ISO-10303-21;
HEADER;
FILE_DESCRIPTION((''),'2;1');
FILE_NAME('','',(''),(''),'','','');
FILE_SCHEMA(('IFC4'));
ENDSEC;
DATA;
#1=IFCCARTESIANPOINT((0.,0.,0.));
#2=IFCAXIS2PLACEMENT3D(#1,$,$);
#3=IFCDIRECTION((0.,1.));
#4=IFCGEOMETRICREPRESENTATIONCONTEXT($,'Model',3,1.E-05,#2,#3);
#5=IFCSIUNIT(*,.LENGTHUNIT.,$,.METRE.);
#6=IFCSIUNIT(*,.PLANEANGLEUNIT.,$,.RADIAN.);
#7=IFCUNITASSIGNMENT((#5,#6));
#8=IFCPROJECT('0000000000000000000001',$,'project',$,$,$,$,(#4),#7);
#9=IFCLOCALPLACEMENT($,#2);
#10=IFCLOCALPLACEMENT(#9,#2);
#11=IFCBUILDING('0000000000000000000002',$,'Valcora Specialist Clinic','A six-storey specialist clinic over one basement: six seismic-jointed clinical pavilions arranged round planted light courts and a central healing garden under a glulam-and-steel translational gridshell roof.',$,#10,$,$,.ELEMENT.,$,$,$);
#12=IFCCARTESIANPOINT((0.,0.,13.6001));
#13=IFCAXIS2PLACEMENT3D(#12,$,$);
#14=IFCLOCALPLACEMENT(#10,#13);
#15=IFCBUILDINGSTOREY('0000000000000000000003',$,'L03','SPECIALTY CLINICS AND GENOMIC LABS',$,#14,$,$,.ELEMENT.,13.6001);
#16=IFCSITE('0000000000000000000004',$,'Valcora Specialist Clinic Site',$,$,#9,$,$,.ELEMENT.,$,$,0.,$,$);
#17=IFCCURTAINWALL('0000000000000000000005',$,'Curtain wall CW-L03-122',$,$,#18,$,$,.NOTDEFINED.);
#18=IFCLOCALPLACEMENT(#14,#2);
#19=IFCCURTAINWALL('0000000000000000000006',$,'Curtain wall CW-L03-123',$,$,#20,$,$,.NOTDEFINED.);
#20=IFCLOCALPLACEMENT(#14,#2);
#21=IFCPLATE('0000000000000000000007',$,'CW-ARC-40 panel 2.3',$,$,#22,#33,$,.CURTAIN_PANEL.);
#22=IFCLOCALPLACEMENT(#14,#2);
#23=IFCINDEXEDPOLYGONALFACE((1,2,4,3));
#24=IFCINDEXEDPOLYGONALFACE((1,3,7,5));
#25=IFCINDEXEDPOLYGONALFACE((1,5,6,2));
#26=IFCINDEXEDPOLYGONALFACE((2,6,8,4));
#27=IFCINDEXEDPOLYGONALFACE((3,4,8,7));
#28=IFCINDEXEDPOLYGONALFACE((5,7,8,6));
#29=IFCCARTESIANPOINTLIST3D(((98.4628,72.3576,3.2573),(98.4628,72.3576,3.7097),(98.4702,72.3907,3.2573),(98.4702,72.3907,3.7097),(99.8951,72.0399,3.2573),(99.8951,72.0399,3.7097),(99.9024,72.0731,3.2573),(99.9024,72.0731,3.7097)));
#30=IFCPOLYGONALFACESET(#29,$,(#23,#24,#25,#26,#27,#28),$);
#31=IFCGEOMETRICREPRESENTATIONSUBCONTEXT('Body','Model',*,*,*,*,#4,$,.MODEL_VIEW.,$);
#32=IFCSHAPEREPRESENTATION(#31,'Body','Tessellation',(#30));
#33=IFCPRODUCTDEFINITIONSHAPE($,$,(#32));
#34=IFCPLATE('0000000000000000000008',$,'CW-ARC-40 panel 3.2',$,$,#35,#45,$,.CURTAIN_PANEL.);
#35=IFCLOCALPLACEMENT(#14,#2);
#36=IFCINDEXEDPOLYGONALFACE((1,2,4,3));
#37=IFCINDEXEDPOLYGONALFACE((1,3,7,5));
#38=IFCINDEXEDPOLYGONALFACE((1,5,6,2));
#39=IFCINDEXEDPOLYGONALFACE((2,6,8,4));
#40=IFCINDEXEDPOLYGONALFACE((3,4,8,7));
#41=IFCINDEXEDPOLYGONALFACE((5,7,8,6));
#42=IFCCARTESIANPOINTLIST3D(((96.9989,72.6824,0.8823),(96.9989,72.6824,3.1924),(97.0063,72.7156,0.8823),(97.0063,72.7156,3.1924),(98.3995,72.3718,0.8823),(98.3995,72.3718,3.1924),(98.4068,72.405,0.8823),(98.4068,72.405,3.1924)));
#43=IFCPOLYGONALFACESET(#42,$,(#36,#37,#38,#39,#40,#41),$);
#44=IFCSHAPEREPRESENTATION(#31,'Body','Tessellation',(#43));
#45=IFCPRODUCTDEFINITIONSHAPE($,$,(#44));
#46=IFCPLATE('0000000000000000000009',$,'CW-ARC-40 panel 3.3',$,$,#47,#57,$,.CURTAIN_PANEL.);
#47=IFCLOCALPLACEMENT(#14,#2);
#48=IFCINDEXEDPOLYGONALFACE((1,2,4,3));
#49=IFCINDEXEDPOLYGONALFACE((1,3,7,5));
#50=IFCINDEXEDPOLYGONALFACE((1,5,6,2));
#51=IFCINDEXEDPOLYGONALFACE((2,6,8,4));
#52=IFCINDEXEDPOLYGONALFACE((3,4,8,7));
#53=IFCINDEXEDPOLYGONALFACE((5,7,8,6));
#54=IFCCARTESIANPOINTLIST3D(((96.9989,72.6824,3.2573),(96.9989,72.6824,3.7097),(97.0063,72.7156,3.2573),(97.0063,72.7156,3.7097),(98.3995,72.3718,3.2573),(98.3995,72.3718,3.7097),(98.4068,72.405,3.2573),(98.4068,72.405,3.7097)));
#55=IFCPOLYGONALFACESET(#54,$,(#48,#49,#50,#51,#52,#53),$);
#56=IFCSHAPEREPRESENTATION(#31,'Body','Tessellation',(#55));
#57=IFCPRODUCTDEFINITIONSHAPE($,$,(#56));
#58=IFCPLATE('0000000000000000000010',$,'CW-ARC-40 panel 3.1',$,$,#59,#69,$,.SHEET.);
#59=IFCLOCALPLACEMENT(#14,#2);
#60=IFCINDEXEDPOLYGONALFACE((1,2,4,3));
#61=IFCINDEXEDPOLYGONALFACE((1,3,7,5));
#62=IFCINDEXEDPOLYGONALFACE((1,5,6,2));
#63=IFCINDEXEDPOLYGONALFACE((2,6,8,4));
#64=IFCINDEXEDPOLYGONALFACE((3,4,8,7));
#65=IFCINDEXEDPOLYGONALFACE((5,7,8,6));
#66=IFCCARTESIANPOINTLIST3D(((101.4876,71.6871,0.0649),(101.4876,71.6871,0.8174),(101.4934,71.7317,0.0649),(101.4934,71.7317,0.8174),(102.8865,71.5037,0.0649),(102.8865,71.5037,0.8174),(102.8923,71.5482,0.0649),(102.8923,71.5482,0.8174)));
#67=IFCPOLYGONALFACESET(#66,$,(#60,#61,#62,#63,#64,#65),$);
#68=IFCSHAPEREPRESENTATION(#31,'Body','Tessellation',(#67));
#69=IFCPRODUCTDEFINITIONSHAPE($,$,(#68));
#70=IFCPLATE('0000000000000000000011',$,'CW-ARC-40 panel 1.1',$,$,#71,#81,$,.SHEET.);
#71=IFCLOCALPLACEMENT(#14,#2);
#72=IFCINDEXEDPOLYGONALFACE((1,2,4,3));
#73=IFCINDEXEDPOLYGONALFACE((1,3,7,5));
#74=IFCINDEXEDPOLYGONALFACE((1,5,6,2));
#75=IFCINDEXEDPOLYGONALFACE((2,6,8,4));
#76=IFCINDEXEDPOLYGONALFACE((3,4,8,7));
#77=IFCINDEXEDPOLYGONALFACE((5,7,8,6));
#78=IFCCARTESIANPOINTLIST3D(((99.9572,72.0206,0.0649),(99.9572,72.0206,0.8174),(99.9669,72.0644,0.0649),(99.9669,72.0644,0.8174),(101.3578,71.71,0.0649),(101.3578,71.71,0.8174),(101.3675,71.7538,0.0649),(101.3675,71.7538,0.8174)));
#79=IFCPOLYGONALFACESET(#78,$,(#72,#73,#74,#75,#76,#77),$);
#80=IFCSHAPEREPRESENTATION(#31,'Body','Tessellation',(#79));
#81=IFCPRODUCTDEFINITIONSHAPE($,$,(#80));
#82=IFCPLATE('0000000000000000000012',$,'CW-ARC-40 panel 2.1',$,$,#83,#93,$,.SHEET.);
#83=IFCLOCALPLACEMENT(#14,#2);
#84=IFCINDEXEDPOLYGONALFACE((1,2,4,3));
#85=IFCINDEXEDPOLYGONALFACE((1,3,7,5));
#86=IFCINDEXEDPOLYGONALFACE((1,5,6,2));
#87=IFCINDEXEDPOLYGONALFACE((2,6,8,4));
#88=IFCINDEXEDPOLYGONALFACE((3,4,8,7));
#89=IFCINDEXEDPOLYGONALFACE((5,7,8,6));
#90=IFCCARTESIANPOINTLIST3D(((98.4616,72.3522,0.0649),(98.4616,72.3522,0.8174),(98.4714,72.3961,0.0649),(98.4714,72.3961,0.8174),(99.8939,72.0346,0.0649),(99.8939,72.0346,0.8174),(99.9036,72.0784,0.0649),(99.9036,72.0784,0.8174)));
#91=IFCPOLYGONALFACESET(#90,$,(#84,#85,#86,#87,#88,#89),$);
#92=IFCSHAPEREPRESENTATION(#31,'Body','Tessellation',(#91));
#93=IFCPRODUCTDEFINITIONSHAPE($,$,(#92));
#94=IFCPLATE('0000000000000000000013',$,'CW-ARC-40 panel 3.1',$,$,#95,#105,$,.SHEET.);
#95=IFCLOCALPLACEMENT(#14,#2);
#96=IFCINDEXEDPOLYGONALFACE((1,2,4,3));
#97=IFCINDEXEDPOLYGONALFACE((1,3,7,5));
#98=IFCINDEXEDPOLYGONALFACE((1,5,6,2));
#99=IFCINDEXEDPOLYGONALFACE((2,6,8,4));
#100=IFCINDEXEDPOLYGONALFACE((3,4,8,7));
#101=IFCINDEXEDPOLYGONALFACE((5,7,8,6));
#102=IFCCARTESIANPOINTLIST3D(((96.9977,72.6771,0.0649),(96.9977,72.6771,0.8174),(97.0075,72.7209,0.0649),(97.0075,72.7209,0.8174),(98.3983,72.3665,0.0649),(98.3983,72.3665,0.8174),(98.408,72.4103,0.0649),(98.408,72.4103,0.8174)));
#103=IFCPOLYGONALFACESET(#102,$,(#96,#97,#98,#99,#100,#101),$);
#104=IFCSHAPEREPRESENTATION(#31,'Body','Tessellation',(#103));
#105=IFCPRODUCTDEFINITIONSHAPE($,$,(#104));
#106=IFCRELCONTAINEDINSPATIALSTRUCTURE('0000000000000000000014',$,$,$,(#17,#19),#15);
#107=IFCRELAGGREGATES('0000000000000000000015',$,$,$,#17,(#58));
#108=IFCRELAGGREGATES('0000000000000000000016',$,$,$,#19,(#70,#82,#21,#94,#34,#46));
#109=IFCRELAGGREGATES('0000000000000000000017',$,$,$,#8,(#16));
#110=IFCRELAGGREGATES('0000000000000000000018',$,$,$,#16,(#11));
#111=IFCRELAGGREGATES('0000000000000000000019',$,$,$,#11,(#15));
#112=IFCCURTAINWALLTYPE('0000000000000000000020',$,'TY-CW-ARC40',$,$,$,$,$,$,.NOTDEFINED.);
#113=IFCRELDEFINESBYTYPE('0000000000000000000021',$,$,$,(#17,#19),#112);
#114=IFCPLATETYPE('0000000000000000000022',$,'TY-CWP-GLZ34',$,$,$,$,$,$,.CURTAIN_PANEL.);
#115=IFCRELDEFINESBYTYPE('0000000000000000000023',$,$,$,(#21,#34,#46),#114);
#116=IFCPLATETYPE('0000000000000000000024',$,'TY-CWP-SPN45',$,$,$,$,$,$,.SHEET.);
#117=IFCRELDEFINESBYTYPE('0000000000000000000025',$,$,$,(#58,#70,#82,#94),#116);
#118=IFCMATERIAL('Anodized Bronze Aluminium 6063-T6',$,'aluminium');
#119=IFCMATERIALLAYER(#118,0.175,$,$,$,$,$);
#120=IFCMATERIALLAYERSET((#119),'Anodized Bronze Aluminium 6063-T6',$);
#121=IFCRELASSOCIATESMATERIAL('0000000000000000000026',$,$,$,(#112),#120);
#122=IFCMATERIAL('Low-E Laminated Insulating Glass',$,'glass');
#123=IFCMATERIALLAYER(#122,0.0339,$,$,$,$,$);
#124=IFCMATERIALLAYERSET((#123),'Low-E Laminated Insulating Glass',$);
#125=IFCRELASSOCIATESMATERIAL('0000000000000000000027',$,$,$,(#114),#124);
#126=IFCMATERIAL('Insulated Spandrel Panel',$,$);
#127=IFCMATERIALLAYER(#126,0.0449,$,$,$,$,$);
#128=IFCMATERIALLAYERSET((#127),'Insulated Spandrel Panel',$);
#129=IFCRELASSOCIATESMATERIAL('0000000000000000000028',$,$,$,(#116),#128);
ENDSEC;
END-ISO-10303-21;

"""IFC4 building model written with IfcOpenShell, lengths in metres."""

from ifc_helpers import new_model, si_unit, direction, frame, origin, origin_2d, place, context, subcontext, project, spatial, rectangle, extrude, material, layer, layer_set, type_object, element, aggregate, save


model = new_model("IFC4")

# Units and contexts
model_context = context("Model", 3, precision=1e-05, world=origin(), true_north=direction((0.0, 1.0)))
body_context = subcontext(model_context, "Body", "Model", "MODEL_VIEW")
ifc_project = project(units=[si_unit("LENGTHUNIT", "METRE"), si_unit("PLANEANGLEUNIT", "RADIAN")], contexts=[model_context])

# Site, building, storey
site_placement = place(None, origin())
site = spatial("IfcSite", under=ifc_project, at=site_placement, Name="Valcora Specialist Clinic Site", CompositionType="ELEMENT", RefElevation=0.0)
building_placement = place(site_placement, origin())
building = spatial("IfcBuilding", under=site, at=building_placement, Name="Valcora Specialist Clinic", Description="A six-storey specialist clinic over one basement: six seismic-jointed clinical pavilions arranged round planted light courts and a central healing garden under a glulam-and-steel translational gridshell roof.", CompositionType="ELEMENT")
storey_placement = place(building_placement, frame((0.0, 0.0, 13.6001)))
storey = spatial("IfcBuildingStorey", under=building, at=storey_placement, Name="L03", Description="SPECIALTY CLINICS AND GENOMIC LABS", CompositionType="ELEMENT", Elevation=13.6001)

# Curtain wall
ifc_material_1 = material(Name="Anodized Bronze Aluminium 6063-T6", Category="aluminium")
ifc_layer_1 = layer(ifc_material_1, 0.175)
ifc_layer_set_1 = layer_set([ifc_layer_1], Name="Anodized Bronze Aluminium 6063-T6")
curtain_wall_type = type_object("IfcCurtainWallType", Name="TY-CW-ARC40", PredefinedType="NOTDEFINED", material=ifc_layer_set_1)
curtain_wall_1_placement = place(storey_placement, origin())
curtain_wall_1 = element("IfcCurtainWall", 1, at=curtain_wall_1_placement, inside=storey, type_object=curtain_wall_type, Name="Curtain wall CW-L03-122", PredefinedType="NOTDEFINED")

# Curtain wall
curtain_wall_2_placement = place(storey_placement, origin())
curtain_wall_2 = element("IfcCurtainWall", 2, at=curtain_wall_2_placement, inside=storey, type_object=curtain_wall_type, Name="Curtain wall CW-L03-123", PredefinedType="NOTDEFINED")

# Plates
ifc_material_2 = material(Name="Low-E Laminated Insulating Glass", Category="glass")
ifc_layer_2 = layer(ifc_material_2, 0.0339)
ifc_layer_set_2 = layer_set([ifc_layer_2], Name="Low-E Laminated Insulating Glass")
plate_type_1 = type_object("IfcPlateType", Name="TY-CWP-GLZ34", PredefinedType="CURTAIN_PANEL", material=ifc_layer_set_2)
plate_1_placement = place(storey_placement, frame((99.1826, 72.2153, 3.2573), z_axis=(0.0, 0.0, 1.0), x_axis=(-0.976279, 0.216518, 0.0)))
plate_1 = element("IfcPlate", 3, at=plate_1_placement, type_object=plate_type_1, Name="CW-ARC-40 panel 2.3", PredefinedType="CURTAIN_PANEL", context=body_context, shape_type="SweptSolid", body=[
    extrude(rectangle(XDim=1.467, YDim=0.0339, at=origin_2d()), origin(), (0.0, 0.0, 1.0), 0.4524),
])
plate_2_placement = place(storey_placement, frame((97.7029, 72.5437, 0.8823), z_axis=(0.0, 0.0, 1.0), x_axis=(-0.976279, 0.216518, 0.0)))
plate_2 = element("IfcPlate", 4, at=plate_2_placement, type_object=plate_type_1, Name="CW-ARC-40 panel 3.2", PredefinedType="CURTAIN_PANEL", context=body_context, shape_type="SweptSolid", body=[
    extrude(rectangle(XDim=1.4346, YDim=0.0339, at=origin_2d()), origin(), (0.0, 0.0, 1.0), 2.3101),
])
plate_3_placement = place(storey_placement, frame((97.7029, 72.5437, 3.2573), z_axis=(0.0, 0.0, 1.0), x_axis=(-0.976279, 0.216518, 0.0)))
plate_3 = element("IfcPlate", 5, at=plate_3_placement, type_object=plate_type_1, Name="CW-ARC-40 panel 3.3", PredefinedType="CURTAIN_PANEL", context=body_context, shape_type="SweptSolid", body=[
    extrude(rectangle(XDim=1.4346, YDim=0.0339, at=origin_2d()), origin(), (0.0, 0.0, 1.0), 0.4524),
])
ifc_material_3 = material(Name="Insulated Spandrel Panel")
ifc_layer_3 = layer(ifc_material_3, 0.0449)
ifc_layer_set_3 = layer_set([ifc_layer_3], Name="Insulated Spandrel Panel")
plate_type_2 = type_object("IfcPlateType", Name="TY-CWP-SPN45", PredefinedType="SHEET", material=ifc_layer_set_3)
plate_4_placement = place(storey_placement, frame((102.1899, 71.6177, 0.0649), z_axis=(0.0, 0.0, 1.0), x_axis=(-0.991514, 0.129999, 0.0)))
plate_4 = element("IfcPlate", 6, at=plate_4_placement, type_object=plate_type_2, Name="CW-ARC-40 panel 3.1", PredefinedType="SHEET", context=body_context, shape_type="SweptSolid", body=[
    extrude(rectangle(XDim=1.4109, YDim=0.0449, at=origin_2d()), origin(), (0.0, 0.0, 1.0), 0.7524),
])
aggregate(curtain_wall_1, [plate_4])
plate_5_placement = place(storey_placement, frame((100.6624, 71.8872, 0.0649), z_axis=(0.0, 0.0, 1.0), x_axis=(-0.976279, 0.216518, 0.0)))
plate_5 = element("IfcPlate", 7, at=plate_5_placement, type_object=plate_type_2, Name="CW-ARC-40 panel 1.1", PredefinedType="SHEET", context=body_context, shape_type="SweptSolid", body=[
    extrude(rectangle(XDim=1.4346, YDim=0.0449, at=origin_2d()), origin(), (0.0, 0.0, 1.0), 0.7524),
])
plate_6_placement = place(storey_placement, frame((99.1826, 72.2153, 0.0649), z_axis=(0.0, 0.0, 1.0), x_axis=(-0.976279, 0.216518, 0.0)))
plate_6 = element("IfcPlate", 8, at=plate_6_placement, type_object=plate_type_2, Name="CW-ARC-40 panel 2.1", PredefinedType="SHEET", context=body_context, shape_type="SweptSolid", body=[
    extrude(rectangle(XDim=1.467, YDim=0.0449, at=origin_2d()), origin(), (0.0, 0.0, 1.0), 0.7524),
])
plate_7_placement = place(storey_placement, frame((97.7029, 72.5437, 0.0649), z_axis=(0.0, 0.0, 1.0), x_axis=(-0.976279, 0.216518, 0.0)))
plate_7 = element("IfcPlate", 9, at=plate_7_placement, type_object=plate_type_2, Name="CW-ARC-40 panel 3.1", PredefinedType="SHEET", context=body_context, shape_type="SweptSolid", body=[
    extrude(rectangle(XDim=1.4346, YDim=0.0449, at=origin_2d()), origin(), (0.0, 0.0, 1.0), 0.7524),
])
aggregate(curtain_wall_2, [plate_5, plate_6, plate_1, plate_7, plate_2, plate_3])

save(model, "model.ifc")
